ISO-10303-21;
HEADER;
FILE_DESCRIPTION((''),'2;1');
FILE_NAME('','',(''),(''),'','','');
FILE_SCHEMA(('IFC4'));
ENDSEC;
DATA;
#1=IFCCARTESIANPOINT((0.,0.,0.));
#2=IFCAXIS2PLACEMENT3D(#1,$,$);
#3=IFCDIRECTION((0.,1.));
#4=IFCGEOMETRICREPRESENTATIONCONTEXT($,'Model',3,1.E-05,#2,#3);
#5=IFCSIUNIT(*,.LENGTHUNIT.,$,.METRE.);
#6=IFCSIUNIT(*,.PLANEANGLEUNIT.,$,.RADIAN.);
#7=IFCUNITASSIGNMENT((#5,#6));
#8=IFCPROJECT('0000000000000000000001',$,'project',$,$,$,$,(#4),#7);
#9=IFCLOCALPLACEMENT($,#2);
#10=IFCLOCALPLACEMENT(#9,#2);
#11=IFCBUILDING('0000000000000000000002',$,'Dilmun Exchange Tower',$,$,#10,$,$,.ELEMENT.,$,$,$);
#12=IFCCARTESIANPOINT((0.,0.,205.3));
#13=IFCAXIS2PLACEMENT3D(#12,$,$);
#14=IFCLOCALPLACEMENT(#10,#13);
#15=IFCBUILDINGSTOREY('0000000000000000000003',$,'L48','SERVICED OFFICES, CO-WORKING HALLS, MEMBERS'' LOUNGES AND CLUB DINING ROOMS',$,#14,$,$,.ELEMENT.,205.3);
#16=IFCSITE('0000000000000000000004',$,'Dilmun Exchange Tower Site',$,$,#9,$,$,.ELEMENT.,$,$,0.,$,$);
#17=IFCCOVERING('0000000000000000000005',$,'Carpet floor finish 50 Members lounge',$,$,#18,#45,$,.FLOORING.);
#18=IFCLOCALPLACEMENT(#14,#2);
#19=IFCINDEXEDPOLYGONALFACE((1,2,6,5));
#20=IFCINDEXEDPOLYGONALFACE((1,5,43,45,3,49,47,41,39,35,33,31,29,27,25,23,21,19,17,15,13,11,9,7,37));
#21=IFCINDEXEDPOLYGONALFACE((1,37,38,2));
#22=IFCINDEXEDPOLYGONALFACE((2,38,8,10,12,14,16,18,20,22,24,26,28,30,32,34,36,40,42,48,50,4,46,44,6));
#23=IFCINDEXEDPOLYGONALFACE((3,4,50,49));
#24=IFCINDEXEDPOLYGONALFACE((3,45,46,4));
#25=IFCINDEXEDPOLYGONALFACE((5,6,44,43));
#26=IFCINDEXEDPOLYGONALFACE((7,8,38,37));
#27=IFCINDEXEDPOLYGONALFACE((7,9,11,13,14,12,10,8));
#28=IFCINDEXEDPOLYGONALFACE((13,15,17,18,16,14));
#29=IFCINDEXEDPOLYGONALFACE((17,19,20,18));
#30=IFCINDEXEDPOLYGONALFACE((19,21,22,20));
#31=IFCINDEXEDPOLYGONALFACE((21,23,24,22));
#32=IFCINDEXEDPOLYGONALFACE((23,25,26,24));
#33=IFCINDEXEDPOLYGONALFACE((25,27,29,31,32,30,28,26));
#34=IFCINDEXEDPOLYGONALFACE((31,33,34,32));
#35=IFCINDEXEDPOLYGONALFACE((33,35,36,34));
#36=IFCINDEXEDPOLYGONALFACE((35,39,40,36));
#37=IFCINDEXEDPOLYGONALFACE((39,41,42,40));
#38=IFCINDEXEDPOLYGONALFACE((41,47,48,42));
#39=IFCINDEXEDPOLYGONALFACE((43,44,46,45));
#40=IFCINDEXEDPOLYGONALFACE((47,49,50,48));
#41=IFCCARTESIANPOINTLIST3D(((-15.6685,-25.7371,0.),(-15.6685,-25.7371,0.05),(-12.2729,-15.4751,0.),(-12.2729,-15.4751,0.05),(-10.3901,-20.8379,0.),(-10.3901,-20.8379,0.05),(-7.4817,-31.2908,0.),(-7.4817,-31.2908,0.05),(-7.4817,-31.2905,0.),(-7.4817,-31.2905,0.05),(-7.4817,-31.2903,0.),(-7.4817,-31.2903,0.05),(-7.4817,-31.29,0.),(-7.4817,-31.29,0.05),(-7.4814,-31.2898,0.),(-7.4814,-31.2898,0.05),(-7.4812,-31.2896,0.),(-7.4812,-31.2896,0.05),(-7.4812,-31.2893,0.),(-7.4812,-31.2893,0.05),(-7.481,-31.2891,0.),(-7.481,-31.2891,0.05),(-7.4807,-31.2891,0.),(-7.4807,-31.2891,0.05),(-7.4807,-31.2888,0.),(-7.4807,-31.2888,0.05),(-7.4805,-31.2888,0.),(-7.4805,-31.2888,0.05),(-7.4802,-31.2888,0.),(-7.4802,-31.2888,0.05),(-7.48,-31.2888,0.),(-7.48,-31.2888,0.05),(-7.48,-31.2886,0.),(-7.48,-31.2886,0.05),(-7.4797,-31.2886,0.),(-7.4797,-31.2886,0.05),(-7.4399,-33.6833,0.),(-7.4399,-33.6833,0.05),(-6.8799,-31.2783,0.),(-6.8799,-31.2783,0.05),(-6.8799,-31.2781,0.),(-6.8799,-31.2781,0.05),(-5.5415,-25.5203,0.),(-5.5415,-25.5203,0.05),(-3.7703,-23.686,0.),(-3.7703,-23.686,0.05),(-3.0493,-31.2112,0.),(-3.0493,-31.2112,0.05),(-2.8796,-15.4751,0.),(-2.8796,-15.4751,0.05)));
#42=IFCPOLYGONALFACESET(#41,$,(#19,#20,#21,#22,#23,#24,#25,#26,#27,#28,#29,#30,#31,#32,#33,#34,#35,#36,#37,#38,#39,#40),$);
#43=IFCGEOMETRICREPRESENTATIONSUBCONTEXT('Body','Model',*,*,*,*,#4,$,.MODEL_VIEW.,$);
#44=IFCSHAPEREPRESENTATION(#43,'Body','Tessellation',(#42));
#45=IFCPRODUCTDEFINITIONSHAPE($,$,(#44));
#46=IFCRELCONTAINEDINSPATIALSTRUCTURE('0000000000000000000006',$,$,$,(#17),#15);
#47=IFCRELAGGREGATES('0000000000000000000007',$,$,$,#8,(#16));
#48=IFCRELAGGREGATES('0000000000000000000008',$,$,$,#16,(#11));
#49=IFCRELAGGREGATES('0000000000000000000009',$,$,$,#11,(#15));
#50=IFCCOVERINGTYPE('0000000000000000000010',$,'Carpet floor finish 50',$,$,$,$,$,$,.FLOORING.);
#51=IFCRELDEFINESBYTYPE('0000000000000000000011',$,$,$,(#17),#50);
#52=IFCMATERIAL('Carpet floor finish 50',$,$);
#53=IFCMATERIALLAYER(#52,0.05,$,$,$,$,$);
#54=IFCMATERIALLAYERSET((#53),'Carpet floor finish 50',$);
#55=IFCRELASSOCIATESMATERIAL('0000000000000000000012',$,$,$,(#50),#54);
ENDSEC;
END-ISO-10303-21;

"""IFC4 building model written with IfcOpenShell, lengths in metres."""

from ifc_helpers import new_model, si_unit, direction, frame, origin, place, context, subcontext, project, spatial, polyline, outline, extrude, material, layer, layer_set, type_object, element, save


model = new_model("IFC4")

# Units and contexts
model_context = context("Model", 3, precision=1e-05, world=origin(), true_north=direction((0.0, 1.0)))
body_context = subcontext(model_context, "Body", "Model", "MODEL_VIEW")
ifc_project = project(units=[si_unit("LENGTHUNIT", "METRE"), si_unit("PLANEANGLEUNIT", "RADIAN")], contexts=[model_context])

# Site, building, storey
site_placement = place(None, origin())
site = spatial("IfcSite", under=ifc_project, at=site_placement, Name="Dilmun Exchange Tower Site", CompositionType="ELEMENT", RefElevation=0.0)
building_placement = place(site_placement, origin())
building = spatial("IfcBuilding", under=site, at=building_placement, Name="Dilmun Exchange Tower", CompositionType="ELEMENT")
storey_placement = place(building_placement, frame((0.0, 0.0, 205.3)))
storey = spatial("IfcBuildingStorey", under=building, at=storey_placement, Name="L48", Description="SERVICED OFFICES, CO-WORKING HALLS, MEMBERS' LOUNGES AND CLUB DINING ROOMS", CompositionType="ELEMENT", Elevation=205.3)

# Covering
ifc_material_1 = material(Name="Carpet floor finish 50")
ifc_layer_1 = layer(ifc_material_1, 0.05)
ifc_layer_set_1 = layer_set([ifc_layer_1], Name="Carpet floor finish 50")
covering_type_1 = type_object("IfcCoveringType", Name="Carpet floor finish 50", PredefinedType="FLOORING", material=ifc_layer_set_1)
covering_1_placement = place(storey_placement, origin())
element("IfcCovering", 1, at=covering_1_placement, inside=storey, type_object=covering_type_1, Name="Carpet floor finish 50 Members lounge", PredefinedType="FLOORING", context=body_context, shape_type="SweptSolid", body=[
    extrude(outline(polyline([(-10.3901, -20.8379), (-5.5415, -25.5203), (-3.7703, -23.686), (-12.2729, -15.4751), (-2.8796, -15.4751), (-3.0493, -31.2112), (-6.8799, -31.2781), (-6.8799, -31.2783), (-6.8799, -31.2783), (-7.4797, -31.2886), (-7.48, -31.2886), (-7.48, -31.2888), (-7.4802, -31.2888), (-7.4805, -31.2888), (-7.4807, -31.2888), (-7.4807, -31.2891), (-7.481, -31.2891), (-7.4812, -31.2893), (-7.4812, -31.2893), (-7.4812, -31.2896), (-7.4814, -31.2898), (-7.4814, -31.2898), (-7.4817, -31.29), (-7.4817, -31.2903), (-7.4817, -31.2905), (-7.4817, -31.2908), (-7.4399, -33.6833), (-15.6685, -25.7371), (-10.3901, -20.8379)])), origin(), (0.0, 0.0, 1.0), 0.05),
])

save(model, "model.ifc")
